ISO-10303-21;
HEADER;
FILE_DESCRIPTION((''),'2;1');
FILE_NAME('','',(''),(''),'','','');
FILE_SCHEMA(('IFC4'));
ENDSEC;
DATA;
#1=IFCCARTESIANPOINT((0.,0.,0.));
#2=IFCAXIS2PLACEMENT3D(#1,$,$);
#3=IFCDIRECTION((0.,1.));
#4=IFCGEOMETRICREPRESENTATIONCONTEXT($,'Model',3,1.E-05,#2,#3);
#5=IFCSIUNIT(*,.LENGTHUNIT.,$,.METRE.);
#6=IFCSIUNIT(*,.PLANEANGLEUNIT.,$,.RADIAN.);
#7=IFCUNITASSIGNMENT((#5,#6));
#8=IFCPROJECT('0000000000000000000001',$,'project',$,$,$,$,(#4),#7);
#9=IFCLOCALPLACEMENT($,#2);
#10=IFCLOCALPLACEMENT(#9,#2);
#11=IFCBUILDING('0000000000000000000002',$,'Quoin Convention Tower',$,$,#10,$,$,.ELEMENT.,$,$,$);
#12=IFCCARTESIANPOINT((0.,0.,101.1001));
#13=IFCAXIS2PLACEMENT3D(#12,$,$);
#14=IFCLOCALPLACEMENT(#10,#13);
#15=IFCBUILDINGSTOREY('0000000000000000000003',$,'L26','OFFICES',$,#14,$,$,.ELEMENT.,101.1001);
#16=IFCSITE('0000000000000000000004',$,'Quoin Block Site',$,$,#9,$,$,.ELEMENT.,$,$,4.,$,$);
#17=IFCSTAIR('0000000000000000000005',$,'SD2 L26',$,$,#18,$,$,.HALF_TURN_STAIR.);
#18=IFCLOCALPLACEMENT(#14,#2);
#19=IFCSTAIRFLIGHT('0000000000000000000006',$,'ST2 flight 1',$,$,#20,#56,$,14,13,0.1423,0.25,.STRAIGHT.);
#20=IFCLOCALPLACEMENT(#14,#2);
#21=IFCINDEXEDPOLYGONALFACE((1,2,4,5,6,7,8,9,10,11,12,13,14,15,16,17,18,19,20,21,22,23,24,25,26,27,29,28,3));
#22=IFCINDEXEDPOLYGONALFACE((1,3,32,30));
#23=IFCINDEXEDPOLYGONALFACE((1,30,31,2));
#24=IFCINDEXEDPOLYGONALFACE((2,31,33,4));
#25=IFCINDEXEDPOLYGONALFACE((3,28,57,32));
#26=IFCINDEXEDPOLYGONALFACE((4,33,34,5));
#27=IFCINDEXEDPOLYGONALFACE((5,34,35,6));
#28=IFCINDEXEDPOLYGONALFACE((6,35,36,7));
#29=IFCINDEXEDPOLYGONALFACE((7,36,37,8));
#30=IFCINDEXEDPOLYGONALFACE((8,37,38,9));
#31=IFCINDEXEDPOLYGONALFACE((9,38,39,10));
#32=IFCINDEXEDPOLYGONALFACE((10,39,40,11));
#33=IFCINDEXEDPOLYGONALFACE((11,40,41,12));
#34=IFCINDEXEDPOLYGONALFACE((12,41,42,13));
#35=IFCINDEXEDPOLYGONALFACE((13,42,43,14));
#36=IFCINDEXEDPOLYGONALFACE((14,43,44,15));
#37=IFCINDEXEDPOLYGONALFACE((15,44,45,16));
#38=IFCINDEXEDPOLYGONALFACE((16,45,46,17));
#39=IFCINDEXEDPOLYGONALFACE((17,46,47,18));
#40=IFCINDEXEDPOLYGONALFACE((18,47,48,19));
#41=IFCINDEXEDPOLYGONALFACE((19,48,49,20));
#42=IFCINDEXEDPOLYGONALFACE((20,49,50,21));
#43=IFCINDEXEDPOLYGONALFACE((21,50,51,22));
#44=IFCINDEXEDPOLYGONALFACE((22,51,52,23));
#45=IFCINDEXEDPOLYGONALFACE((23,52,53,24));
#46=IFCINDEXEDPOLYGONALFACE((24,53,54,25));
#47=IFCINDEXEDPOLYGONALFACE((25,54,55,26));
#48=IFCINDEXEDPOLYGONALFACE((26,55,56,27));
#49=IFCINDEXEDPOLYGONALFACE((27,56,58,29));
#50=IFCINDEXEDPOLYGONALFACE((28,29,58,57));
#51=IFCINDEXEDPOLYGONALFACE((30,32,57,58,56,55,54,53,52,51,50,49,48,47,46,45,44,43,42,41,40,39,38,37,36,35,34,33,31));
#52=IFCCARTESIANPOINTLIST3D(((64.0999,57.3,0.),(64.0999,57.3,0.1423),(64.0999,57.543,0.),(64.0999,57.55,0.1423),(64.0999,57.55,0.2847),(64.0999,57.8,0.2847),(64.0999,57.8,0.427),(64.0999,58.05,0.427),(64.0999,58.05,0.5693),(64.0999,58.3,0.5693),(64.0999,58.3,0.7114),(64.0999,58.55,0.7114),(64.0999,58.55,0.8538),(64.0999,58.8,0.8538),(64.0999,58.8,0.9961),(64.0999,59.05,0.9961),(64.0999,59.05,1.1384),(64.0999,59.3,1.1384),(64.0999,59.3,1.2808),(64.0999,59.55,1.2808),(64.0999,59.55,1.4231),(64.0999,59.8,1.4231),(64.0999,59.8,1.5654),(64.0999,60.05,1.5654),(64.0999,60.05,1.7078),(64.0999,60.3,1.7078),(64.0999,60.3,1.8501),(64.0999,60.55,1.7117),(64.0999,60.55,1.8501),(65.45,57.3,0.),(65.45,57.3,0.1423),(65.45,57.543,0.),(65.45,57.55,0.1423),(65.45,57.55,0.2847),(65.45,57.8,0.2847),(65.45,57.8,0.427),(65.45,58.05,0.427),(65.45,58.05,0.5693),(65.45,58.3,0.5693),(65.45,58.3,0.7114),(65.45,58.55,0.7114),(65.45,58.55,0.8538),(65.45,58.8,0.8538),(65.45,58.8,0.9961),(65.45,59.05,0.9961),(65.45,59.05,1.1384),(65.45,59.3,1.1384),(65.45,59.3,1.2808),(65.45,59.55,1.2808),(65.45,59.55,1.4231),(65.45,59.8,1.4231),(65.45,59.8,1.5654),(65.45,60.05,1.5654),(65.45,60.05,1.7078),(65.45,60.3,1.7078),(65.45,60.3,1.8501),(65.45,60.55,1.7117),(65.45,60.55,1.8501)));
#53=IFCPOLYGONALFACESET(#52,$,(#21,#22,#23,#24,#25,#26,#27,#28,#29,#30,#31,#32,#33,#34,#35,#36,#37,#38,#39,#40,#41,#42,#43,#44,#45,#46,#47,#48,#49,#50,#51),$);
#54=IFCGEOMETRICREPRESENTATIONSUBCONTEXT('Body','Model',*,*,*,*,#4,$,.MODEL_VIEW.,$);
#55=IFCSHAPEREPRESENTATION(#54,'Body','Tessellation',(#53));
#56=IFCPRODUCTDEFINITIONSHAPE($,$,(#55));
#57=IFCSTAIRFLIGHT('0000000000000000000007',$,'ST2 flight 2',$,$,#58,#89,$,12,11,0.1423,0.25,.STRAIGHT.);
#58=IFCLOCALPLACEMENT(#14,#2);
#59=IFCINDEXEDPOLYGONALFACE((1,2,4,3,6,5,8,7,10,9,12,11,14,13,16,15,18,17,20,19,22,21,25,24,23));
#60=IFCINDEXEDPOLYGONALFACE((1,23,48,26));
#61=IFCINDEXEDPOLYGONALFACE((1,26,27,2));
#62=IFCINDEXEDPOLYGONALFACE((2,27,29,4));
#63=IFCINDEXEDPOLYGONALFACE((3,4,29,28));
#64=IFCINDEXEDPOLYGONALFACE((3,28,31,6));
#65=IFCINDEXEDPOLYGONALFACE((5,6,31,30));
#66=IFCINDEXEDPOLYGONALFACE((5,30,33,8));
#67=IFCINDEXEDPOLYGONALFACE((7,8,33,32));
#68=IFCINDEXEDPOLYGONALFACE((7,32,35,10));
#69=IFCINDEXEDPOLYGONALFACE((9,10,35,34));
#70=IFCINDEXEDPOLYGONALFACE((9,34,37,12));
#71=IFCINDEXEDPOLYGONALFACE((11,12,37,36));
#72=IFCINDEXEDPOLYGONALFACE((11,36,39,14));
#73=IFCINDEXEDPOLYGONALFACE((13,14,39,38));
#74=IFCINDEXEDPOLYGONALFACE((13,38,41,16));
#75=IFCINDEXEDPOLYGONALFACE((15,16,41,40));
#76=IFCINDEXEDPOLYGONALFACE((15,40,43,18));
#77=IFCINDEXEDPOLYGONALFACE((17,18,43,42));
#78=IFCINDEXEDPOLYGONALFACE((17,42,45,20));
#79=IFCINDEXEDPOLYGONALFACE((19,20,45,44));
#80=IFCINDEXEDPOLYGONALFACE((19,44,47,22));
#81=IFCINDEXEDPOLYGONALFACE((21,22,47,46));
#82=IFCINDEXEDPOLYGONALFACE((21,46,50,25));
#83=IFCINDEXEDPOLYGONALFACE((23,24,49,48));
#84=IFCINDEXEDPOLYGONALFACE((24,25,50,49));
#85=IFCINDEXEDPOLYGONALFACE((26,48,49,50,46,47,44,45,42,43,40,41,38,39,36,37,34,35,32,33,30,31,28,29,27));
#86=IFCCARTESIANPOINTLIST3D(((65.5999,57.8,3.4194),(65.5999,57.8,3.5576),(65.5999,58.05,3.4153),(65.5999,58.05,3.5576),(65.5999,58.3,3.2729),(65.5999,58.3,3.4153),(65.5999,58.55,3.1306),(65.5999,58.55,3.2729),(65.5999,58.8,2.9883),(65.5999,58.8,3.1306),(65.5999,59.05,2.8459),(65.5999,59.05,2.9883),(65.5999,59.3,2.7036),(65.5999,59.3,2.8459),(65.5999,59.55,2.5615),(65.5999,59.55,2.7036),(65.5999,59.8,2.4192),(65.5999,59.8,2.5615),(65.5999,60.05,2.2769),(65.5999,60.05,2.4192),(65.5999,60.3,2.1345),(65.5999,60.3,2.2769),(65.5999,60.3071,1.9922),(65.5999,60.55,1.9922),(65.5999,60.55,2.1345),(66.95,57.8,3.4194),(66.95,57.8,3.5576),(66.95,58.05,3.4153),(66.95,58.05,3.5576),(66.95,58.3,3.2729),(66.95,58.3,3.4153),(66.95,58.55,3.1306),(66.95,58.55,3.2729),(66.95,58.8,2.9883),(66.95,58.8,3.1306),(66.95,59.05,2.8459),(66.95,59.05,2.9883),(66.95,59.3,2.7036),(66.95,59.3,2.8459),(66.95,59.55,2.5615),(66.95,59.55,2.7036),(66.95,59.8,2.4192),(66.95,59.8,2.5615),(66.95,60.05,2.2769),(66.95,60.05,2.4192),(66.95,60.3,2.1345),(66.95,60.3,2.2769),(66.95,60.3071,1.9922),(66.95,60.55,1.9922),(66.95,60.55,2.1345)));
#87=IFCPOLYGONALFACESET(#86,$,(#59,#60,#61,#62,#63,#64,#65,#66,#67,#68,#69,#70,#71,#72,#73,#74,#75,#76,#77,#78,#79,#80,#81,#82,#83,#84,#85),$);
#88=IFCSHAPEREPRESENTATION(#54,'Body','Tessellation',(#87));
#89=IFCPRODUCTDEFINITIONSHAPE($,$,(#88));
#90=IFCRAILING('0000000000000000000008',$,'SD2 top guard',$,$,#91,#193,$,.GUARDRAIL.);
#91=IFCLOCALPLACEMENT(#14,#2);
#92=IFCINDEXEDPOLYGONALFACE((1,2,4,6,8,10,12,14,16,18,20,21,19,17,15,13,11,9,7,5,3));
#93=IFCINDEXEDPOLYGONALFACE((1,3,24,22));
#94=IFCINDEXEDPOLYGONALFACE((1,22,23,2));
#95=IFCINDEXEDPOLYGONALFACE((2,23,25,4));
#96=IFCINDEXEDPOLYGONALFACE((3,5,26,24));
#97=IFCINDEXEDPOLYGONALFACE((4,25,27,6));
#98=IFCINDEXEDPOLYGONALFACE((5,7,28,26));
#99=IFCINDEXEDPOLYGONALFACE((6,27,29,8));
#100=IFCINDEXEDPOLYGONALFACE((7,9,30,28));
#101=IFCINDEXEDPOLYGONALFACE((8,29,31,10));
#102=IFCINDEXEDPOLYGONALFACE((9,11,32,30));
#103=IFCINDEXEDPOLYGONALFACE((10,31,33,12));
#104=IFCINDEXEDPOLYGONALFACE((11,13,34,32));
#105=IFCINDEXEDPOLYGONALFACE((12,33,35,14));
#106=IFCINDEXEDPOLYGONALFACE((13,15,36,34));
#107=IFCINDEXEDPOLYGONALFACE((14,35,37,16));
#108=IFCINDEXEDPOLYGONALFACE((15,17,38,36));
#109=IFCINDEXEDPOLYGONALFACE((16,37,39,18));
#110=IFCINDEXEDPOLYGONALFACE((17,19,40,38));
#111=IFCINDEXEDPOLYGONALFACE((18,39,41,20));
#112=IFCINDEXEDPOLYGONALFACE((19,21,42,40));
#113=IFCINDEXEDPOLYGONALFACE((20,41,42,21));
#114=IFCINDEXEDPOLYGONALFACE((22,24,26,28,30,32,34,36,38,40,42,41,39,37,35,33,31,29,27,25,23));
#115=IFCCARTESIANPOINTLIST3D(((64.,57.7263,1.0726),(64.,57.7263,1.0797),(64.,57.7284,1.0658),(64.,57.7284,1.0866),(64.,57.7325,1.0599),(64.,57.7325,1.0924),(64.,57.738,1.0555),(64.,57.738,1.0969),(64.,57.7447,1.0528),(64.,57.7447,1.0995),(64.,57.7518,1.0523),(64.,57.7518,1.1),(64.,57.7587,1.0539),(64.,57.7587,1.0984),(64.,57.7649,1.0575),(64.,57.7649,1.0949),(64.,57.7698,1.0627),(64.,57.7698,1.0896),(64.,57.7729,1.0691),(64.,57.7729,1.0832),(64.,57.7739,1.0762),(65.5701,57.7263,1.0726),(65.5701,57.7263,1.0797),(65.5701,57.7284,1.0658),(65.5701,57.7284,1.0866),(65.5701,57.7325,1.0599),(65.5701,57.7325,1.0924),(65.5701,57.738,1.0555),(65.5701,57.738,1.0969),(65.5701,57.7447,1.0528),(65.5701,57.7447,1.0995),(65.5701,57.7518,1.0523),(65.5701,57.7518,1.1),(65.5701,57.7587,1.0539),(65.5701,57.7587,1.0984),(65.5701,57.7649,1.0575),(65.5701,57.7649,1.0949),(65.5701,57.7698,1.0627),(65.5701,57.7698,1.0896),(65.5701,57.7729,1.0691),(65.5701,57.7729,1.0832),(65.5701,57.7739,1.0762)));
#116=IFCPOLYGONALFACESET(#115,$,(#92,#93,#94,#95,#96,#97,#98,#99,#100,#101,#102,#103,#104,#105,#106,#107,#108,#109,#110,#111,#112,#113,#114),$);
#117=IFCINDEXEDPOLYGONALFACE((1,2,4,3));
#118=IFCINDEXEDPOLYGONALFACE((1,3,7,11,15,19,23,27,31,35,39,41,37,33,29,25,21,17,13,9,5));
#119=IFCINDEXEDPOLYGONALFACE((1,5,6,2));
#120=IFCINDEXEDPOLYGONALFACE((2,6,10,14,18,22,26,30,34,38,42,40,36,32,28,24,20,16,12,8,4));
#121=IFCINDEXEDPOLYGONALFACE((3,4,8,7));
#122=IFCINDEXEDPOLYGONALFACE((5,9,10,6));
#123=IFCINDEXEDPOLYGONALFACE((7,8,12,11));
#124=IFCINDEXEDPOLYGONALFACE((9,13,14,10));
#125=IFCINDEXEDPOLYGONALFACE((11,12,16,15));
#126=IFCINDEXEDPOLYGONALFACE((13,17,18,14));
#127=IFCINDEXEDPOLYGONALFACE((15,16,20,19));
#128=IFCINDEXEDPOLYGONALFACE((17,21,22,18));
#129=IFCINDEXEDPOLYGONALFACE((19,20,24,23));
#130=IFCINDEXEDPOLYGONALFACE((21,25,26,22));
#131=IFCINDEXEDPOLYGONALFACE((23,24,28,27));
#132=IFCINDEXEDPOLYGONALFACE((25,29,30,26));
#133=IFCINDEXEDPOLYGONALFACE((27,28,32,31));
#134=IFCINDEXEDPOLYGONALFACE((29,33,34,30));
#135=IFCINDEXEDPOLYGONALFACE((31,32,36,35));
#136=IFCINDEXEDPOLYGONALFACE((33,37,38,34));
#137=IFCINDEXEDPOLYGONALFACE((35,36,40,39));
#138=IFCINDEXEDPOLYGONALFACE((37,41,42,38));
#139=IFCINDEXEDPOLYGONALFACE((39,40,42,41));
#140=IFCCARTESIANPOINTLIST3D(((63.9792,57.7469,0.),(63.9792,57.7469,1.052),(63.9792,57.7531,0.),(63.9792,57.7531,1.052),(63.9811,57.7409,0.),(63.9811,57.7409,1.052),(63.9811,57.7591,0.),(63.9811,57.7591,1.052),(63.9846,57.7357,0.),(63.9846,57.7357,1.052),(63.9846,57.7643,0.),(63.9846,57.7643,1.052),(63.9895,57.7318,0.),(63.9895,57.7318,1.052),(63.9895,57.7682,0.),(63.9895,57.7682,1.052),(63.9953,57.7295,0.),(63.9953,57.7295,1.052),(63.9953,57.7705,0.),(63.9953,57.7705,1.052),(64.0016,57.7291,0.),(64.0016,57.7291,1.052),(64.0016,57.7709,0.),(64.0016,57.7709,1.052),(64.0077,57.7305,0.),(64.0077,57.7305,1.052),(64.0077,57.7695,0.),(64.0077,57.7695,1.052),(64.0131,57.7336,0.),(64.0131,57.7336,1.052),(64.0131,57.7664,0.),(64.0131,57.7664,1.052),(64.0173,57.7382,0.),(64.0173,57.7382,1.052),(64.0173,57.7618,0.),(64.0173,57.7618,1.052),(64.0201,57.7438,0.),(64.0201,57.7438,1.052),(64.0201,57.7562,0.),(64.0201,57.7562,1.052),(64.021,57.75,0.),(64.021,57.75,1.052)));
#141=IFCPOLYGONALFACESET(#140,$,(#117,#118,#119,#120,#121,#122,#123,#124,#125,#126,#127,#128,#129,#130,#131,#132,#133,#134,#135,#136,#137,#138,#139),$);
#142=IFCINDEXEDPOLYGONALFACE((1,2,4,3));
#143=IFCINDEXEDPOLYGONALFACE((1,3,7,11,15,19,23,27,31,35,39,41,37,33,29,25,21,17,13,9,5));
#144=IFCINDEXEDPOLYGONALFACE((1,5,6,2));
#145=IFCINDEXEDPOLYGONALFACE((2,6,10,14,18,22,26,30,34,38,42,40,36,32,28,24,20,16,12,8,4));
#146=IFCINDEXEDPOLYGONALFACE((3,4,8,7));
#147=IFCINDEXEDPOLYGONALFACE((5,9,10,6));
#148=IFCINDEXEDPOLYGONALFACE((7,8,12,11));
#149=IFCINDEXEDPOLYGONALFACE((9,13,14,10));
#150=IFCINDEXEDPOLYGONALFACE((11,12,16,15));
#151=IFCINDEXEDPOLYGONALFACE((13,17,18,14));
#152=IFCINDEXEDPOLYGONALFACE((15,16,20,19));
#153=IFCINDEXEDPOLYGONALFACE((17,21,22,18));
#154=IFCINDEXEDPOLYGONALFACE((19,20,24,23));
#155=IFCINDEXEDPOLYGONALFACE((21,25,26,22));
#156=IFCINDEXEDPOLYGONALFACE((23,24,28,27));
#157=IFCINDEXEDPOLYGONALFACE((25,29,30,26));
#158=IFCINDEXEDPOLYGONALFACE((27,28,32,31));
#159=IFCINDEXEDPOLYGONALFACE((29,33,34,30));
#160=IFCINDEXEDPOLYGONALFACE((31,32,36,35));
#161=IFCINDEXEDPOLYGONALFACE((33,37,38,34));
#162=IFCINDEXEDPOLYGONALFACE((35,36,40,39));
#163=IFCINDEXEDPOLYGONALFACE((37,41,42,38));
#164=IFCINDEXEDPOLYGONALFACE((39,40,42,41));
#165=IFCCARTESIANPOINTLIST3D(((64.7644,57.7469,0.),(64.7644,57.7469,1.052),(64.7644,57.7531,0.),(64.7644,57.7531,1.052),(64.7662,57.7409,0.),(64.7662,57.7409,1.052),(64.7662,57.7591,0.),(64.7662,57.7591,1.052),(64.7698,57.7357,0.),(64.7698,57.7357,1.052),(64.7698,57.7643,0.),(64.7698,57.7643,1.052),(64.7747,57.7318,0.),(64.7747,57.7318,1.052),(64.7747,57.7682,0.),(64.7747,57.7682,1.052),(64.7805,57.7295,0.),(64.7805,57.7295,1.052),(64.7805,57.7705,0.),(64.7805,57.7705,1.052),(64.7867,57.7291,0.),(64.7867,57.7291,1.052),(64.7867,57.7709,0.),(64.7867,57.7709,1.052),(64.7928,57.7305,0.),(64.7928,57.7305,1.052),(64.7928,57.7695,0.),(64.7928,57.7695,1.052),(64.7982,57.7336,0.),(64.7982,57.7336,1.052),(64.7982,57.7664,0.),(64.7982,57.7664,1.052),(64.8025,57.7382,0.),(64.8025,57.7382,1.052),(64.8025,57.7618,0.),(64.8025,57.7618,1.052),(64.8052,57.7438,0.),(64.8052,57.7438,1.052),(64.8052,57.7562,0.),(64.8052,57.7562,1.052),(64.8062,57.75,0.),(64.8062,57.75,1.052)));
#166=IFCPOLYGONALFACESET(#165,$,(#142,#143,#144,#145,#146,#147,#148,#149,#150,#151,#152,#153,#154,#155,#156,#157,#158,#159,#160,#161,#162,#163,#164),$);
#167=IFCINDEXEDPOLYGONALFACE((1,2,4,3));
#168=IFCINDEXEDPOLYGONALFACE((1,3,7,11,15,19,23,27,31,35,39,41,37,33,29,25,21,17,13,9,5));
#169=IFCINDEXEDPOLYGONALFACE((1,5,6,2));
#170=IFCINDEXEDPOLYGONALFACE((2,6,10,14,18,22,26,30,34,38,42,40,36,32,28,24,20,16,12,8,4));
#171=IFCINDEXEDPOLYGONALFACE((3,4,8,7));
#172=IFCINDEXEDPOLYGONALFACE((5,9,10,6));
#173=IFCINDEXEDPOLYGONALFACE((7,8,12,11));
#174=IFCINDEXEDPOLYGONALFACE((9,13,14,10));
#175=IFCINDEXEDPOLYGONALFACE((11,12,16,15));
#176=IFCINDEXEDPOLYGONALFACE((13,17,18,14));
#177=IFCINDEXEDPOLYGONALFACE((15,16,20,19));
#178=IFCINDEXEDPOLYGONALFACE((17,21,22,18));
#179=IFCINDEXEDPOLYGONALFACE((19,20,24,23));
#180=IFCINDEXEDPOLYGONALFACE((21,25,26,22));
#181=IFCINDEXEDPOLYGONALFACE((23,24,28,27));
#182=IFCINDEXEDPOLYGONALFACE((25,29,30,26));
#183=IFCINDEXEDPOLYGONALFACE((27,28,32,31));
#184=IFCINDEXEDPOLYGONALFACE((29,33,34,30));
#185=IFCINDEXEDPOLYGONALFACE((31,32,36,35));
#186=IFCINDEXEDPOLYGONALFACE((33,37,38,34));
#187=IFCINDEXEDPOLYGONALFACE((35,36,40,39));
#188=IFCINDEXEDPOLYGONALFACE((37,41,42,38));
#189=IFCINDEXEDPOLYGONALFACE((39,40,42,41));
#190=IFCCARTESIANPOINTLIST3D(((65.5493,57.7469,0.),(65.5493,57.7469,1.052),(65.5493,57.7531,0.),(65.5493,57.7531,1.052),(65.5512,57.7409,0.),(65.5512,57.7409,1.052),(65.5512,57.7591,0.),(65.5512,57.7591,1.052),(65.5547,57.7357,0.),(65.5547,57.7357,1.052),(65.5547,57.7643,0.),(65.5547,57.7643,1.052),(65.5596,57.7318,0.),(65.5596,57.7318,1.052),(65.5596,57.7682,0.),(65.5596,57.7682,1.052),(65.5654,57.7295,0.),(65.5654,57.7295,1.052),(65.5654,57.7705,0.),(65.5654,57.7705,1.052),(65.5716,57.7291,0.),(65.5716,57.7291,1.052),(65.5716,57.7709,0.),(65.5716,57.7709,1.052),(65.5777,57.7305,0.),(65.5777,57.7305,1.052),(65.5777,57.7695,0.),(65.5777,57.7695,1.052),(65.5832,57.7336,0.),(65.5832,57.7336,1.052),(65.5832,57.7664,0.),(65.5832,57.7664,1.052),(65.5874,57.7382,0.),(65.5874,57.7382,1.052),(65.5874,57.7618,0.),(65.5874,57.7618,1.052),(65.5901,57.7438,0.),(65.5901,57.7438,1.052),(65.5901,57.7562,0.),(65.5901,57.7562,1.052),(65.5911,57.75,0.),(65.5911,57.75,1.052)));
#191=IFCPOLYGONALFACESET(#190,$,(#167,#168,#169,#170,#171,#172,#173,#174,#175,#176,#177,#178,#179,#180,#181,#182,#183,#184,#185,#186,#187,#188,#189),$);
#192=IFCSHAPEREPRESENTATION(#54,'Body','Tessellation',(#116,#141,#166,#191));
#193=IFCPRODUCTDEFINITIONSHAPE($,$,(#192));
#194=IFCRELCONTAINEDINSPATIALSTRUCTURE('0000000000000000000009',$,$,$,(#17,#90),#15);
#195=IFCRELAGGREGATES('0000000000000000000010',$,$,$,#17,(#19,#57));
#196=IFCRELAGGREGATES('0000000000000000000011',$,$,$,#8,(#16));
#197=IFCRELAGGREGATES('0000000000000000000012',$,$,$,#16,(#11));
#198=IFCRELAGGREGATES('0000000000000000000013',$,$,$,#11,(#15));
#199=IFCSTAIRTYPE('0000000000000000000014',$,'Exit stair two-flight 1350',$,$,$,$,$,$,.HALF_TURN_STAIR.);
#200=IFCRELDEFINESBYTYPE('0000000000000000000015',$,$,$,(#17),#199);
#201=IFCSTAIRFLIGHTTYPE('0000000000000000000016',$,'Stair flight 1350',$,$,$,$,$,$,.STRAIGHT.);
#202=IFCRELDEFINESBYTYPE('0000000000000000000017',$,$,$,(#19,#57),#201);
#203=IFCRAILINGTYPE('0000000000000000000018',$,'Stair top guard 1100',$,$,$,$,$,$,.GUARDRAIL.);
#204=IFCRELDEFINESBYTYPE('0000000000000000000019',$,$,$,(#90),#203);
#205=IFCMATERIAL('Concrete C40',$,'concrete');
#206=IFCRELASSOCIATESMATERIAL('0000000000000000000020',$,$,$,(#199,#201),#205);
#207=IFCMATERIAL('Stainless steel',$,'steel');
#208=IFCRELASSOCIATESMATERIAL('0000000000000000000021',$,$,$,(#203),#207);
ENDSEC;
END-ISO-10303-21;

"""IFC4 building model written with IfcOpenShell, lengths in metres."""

from ifc_helpers import new_model, si_unit, direction, frame, origin, origin_2d, place, context, subcontext, project, spatial, polyline, circle, outline, extrude, material, type_object, element, aggregate, save


model = new_model("IFC4")

# Units and contexts
model_context = context("Model", 3, precision=1e-05, world=origin(), true_north=direction((0.0, 1.0)))
body_context = subcontext(model_context, "Body", "Model", "MODEL_VIEW")
ifc_project = project(units=[si_unit("LENGTHUNIT", "METRE"), si_unit("PLANEANGLEUNIT", "RADIAN")], contexts=[model_context])

# Site, building, storey
site_placement = place(None, origin())
site = spatial("IfcSite", under=ifc_project, at=site_placement, Name="Quoin Block Site", CompositionType="ELEMENT", RefElevation=4.0)
building_placement = place(site_placement, origin())
building = spatial("IfcBuilding", under=site, at=building_placement, Name="Quoin Convention Tower", CompositionType="ELEMENT")
storey_placement = place(building_placement, frame((0.0, 0.0, 101.1001)))
storey = spatial("IfcBuildingStorey", under=building, at=storey_placement, Name="L26", Description="OFFICES", CompositionType="ELEMENT", Elevation=101.1001)

# Stair, stair flights
ifc_material_1 = material(Name="Concrete C40", Category="concrete")
stair_type = type_object("IfcStairType", Name="Exit stair two-flight 1350", PredefinedType="HALF_TURN_STAIR", material=ifc_material_1)
stair_placement = place(storey_placement, origin())
stair = element("IfcStair", 1, at=stair_placement, inside=storey, type_object=stair_type, Name="SD2 L26", PredefinedType="HALF_TURN_STAIR")
stair_flight_type = type_object("IfcStairFlightType", Name="Stair flight 1350", PredefinedType="STRAIGHT", material=ifc_material_1)
stair_flight_1_placement = place(storey_placement, frame((64.7749, 57.3, 0.0), z_axis=(0.0, 0.0, 1.0), x_axis=(0.0, 1.0, 0.0)))
stair_flight_1 = element("IfcStairFlight", 2, at=stair_flight_1_placement, type_object=stair_flight_type, Name="ST2 flight 1", NumberOfRisers=14, NumberOfTreads=13, PredefinedType="STRAIGHT", RiserHeight=0.1423, TreadLength=0.25, context=body_context, shape_type="SweptSolid", body=[
    extrude(outline(polyline([(0.0, 0.0), (0.0, 0.1423), (0.25, 0.1423), (0.25, 0.2847), (0.5, 0.2847), (0.5, 0.427), (0.75, 0.427), (0.75, 0.5693), (1.0, 0.5693), (1.0, 0.7114), (1.25, 0.7114), (1.25, 0.8538), (1.5, 0.8538), (1.5, 0.9961), (1.75, 0.9961), (1.75, 1.1384), (2.0, 1.1384), (2.0, 1.2808), (2.25, 1.2808), (2.25, 1.4231), (2.5, 1.4231), (2.5, 1.5654), (2.75, 1.5654), (2.75, 1.7078), (3.0, 1.7078), (3.0, 1.8501), (3.25, 1.8501), (3.25, 1.9922), (3.25, 1.7117), (0.2429, 0.0), (0.0, 0.0)])), frame((0.0, 0.675, 0.0), z_axis=(0.0, -1.0, 0.0), x_axis=(1.0, 0.0, 0.0)), (0.0, 0.0, 1.0), 1.3501),
])
stair_flight_2_placement = place(storey_placement, frame((66.2749, 60.55, 1.9922), z_axis=(0.0, 0.0, 1.0), x_axis=(0.0, -1.0, 0.0)))
stair_flight_2 = element("IfcStairFlight", 3, at=stair_flight_2_placement, type_object=stair_flight_type, Name="ST2 flight 2", NumberOfRisers=12, NumberOfTreads=11, PredefinedType="STRAIGHT", RiserHeight=0.1423, TreadLength=0.25, context=body_context, shape_type="SweptSolid", body=[
    extrude(outline(polyline([(0.0, 0.0), (0.0, 0.1423), (0.25, 0.1423), (0.25, 0.2847), (0.5, 0.2847), (0.5, 0.427), (0.75, 0.427), (0.75, 0.5693), (1.0, 0.5693), (1.0, 0.7114), (1.25, 0.7114), (1.25, 0.8538), (1.5, 0.8538), (1.5, 0.9961), (1.75, 0.9961), (1.75, 1.1384), (2.0, 1.1384), (2.0, 1.2808), (2.25, 1.2808), (2.25, 1.4231), (2.5, 1.4231), (2.5, 1.5654), (2.75, 1.5654), (2.75, 1.7078), (2.75, 1.4272), (0.2429, 0.0), (0.0, 0.0)])), frame((0.0, 0.675, 0.0), z_axis=(0.0, -1.0, 0.0), x_axis=(1.0, 0.0, 0.0)), (0.0, 0.0, 1.0), 1.3501),
])
aggregate(stair, [stair_flight_1, stair_flight_2])

# Railing
ifc_material_2 = material(Name="Stainless steel", Category="steel")
railing_type_1 = type_object("IfcRailingType", Name="Stair top guard 1100", PredefinedType="GUARDRAIL", material=ifc_material_2)
railing_1_placement = place(storey_placement, frame((64.0, 57.75, 0.0)))
element("IfcRailing", 4, at=railing_1_placement, inside=storey, type_object=railing_type_1, Name="SD2 top guard", PredefinedType="GUARDRAIL", context=body_context, shape_type="SweptSolid", body=[
    extrude(circle(Radius=0.0239, at=origin_2d()), frame((0.0, 0.0, 1.0762), z_axis=(1.0, 0.0, 0.0), x_axis=(0.0, 1.0, 0.0)), (0.0, 0.0, 1.0), 1.5701),
    extrude(circle(Radius=0.021, at=origin_2d()), origin(), (0.0, 0.0, 1.0), 1.052),
    extrude(circle(Radius=0.021, at=origin_2d()), frame((0.7852, 0.0, 0.0)), (0.0, 0.0, 1.0), 1.052),
    extrude(circle(Radius=0.021, at=origin_2d()), frame((1.5701, 0.0, 0.0)), (0.0, 0.0, 1.0), 1.052),
])

save(model, "model.ifc")
